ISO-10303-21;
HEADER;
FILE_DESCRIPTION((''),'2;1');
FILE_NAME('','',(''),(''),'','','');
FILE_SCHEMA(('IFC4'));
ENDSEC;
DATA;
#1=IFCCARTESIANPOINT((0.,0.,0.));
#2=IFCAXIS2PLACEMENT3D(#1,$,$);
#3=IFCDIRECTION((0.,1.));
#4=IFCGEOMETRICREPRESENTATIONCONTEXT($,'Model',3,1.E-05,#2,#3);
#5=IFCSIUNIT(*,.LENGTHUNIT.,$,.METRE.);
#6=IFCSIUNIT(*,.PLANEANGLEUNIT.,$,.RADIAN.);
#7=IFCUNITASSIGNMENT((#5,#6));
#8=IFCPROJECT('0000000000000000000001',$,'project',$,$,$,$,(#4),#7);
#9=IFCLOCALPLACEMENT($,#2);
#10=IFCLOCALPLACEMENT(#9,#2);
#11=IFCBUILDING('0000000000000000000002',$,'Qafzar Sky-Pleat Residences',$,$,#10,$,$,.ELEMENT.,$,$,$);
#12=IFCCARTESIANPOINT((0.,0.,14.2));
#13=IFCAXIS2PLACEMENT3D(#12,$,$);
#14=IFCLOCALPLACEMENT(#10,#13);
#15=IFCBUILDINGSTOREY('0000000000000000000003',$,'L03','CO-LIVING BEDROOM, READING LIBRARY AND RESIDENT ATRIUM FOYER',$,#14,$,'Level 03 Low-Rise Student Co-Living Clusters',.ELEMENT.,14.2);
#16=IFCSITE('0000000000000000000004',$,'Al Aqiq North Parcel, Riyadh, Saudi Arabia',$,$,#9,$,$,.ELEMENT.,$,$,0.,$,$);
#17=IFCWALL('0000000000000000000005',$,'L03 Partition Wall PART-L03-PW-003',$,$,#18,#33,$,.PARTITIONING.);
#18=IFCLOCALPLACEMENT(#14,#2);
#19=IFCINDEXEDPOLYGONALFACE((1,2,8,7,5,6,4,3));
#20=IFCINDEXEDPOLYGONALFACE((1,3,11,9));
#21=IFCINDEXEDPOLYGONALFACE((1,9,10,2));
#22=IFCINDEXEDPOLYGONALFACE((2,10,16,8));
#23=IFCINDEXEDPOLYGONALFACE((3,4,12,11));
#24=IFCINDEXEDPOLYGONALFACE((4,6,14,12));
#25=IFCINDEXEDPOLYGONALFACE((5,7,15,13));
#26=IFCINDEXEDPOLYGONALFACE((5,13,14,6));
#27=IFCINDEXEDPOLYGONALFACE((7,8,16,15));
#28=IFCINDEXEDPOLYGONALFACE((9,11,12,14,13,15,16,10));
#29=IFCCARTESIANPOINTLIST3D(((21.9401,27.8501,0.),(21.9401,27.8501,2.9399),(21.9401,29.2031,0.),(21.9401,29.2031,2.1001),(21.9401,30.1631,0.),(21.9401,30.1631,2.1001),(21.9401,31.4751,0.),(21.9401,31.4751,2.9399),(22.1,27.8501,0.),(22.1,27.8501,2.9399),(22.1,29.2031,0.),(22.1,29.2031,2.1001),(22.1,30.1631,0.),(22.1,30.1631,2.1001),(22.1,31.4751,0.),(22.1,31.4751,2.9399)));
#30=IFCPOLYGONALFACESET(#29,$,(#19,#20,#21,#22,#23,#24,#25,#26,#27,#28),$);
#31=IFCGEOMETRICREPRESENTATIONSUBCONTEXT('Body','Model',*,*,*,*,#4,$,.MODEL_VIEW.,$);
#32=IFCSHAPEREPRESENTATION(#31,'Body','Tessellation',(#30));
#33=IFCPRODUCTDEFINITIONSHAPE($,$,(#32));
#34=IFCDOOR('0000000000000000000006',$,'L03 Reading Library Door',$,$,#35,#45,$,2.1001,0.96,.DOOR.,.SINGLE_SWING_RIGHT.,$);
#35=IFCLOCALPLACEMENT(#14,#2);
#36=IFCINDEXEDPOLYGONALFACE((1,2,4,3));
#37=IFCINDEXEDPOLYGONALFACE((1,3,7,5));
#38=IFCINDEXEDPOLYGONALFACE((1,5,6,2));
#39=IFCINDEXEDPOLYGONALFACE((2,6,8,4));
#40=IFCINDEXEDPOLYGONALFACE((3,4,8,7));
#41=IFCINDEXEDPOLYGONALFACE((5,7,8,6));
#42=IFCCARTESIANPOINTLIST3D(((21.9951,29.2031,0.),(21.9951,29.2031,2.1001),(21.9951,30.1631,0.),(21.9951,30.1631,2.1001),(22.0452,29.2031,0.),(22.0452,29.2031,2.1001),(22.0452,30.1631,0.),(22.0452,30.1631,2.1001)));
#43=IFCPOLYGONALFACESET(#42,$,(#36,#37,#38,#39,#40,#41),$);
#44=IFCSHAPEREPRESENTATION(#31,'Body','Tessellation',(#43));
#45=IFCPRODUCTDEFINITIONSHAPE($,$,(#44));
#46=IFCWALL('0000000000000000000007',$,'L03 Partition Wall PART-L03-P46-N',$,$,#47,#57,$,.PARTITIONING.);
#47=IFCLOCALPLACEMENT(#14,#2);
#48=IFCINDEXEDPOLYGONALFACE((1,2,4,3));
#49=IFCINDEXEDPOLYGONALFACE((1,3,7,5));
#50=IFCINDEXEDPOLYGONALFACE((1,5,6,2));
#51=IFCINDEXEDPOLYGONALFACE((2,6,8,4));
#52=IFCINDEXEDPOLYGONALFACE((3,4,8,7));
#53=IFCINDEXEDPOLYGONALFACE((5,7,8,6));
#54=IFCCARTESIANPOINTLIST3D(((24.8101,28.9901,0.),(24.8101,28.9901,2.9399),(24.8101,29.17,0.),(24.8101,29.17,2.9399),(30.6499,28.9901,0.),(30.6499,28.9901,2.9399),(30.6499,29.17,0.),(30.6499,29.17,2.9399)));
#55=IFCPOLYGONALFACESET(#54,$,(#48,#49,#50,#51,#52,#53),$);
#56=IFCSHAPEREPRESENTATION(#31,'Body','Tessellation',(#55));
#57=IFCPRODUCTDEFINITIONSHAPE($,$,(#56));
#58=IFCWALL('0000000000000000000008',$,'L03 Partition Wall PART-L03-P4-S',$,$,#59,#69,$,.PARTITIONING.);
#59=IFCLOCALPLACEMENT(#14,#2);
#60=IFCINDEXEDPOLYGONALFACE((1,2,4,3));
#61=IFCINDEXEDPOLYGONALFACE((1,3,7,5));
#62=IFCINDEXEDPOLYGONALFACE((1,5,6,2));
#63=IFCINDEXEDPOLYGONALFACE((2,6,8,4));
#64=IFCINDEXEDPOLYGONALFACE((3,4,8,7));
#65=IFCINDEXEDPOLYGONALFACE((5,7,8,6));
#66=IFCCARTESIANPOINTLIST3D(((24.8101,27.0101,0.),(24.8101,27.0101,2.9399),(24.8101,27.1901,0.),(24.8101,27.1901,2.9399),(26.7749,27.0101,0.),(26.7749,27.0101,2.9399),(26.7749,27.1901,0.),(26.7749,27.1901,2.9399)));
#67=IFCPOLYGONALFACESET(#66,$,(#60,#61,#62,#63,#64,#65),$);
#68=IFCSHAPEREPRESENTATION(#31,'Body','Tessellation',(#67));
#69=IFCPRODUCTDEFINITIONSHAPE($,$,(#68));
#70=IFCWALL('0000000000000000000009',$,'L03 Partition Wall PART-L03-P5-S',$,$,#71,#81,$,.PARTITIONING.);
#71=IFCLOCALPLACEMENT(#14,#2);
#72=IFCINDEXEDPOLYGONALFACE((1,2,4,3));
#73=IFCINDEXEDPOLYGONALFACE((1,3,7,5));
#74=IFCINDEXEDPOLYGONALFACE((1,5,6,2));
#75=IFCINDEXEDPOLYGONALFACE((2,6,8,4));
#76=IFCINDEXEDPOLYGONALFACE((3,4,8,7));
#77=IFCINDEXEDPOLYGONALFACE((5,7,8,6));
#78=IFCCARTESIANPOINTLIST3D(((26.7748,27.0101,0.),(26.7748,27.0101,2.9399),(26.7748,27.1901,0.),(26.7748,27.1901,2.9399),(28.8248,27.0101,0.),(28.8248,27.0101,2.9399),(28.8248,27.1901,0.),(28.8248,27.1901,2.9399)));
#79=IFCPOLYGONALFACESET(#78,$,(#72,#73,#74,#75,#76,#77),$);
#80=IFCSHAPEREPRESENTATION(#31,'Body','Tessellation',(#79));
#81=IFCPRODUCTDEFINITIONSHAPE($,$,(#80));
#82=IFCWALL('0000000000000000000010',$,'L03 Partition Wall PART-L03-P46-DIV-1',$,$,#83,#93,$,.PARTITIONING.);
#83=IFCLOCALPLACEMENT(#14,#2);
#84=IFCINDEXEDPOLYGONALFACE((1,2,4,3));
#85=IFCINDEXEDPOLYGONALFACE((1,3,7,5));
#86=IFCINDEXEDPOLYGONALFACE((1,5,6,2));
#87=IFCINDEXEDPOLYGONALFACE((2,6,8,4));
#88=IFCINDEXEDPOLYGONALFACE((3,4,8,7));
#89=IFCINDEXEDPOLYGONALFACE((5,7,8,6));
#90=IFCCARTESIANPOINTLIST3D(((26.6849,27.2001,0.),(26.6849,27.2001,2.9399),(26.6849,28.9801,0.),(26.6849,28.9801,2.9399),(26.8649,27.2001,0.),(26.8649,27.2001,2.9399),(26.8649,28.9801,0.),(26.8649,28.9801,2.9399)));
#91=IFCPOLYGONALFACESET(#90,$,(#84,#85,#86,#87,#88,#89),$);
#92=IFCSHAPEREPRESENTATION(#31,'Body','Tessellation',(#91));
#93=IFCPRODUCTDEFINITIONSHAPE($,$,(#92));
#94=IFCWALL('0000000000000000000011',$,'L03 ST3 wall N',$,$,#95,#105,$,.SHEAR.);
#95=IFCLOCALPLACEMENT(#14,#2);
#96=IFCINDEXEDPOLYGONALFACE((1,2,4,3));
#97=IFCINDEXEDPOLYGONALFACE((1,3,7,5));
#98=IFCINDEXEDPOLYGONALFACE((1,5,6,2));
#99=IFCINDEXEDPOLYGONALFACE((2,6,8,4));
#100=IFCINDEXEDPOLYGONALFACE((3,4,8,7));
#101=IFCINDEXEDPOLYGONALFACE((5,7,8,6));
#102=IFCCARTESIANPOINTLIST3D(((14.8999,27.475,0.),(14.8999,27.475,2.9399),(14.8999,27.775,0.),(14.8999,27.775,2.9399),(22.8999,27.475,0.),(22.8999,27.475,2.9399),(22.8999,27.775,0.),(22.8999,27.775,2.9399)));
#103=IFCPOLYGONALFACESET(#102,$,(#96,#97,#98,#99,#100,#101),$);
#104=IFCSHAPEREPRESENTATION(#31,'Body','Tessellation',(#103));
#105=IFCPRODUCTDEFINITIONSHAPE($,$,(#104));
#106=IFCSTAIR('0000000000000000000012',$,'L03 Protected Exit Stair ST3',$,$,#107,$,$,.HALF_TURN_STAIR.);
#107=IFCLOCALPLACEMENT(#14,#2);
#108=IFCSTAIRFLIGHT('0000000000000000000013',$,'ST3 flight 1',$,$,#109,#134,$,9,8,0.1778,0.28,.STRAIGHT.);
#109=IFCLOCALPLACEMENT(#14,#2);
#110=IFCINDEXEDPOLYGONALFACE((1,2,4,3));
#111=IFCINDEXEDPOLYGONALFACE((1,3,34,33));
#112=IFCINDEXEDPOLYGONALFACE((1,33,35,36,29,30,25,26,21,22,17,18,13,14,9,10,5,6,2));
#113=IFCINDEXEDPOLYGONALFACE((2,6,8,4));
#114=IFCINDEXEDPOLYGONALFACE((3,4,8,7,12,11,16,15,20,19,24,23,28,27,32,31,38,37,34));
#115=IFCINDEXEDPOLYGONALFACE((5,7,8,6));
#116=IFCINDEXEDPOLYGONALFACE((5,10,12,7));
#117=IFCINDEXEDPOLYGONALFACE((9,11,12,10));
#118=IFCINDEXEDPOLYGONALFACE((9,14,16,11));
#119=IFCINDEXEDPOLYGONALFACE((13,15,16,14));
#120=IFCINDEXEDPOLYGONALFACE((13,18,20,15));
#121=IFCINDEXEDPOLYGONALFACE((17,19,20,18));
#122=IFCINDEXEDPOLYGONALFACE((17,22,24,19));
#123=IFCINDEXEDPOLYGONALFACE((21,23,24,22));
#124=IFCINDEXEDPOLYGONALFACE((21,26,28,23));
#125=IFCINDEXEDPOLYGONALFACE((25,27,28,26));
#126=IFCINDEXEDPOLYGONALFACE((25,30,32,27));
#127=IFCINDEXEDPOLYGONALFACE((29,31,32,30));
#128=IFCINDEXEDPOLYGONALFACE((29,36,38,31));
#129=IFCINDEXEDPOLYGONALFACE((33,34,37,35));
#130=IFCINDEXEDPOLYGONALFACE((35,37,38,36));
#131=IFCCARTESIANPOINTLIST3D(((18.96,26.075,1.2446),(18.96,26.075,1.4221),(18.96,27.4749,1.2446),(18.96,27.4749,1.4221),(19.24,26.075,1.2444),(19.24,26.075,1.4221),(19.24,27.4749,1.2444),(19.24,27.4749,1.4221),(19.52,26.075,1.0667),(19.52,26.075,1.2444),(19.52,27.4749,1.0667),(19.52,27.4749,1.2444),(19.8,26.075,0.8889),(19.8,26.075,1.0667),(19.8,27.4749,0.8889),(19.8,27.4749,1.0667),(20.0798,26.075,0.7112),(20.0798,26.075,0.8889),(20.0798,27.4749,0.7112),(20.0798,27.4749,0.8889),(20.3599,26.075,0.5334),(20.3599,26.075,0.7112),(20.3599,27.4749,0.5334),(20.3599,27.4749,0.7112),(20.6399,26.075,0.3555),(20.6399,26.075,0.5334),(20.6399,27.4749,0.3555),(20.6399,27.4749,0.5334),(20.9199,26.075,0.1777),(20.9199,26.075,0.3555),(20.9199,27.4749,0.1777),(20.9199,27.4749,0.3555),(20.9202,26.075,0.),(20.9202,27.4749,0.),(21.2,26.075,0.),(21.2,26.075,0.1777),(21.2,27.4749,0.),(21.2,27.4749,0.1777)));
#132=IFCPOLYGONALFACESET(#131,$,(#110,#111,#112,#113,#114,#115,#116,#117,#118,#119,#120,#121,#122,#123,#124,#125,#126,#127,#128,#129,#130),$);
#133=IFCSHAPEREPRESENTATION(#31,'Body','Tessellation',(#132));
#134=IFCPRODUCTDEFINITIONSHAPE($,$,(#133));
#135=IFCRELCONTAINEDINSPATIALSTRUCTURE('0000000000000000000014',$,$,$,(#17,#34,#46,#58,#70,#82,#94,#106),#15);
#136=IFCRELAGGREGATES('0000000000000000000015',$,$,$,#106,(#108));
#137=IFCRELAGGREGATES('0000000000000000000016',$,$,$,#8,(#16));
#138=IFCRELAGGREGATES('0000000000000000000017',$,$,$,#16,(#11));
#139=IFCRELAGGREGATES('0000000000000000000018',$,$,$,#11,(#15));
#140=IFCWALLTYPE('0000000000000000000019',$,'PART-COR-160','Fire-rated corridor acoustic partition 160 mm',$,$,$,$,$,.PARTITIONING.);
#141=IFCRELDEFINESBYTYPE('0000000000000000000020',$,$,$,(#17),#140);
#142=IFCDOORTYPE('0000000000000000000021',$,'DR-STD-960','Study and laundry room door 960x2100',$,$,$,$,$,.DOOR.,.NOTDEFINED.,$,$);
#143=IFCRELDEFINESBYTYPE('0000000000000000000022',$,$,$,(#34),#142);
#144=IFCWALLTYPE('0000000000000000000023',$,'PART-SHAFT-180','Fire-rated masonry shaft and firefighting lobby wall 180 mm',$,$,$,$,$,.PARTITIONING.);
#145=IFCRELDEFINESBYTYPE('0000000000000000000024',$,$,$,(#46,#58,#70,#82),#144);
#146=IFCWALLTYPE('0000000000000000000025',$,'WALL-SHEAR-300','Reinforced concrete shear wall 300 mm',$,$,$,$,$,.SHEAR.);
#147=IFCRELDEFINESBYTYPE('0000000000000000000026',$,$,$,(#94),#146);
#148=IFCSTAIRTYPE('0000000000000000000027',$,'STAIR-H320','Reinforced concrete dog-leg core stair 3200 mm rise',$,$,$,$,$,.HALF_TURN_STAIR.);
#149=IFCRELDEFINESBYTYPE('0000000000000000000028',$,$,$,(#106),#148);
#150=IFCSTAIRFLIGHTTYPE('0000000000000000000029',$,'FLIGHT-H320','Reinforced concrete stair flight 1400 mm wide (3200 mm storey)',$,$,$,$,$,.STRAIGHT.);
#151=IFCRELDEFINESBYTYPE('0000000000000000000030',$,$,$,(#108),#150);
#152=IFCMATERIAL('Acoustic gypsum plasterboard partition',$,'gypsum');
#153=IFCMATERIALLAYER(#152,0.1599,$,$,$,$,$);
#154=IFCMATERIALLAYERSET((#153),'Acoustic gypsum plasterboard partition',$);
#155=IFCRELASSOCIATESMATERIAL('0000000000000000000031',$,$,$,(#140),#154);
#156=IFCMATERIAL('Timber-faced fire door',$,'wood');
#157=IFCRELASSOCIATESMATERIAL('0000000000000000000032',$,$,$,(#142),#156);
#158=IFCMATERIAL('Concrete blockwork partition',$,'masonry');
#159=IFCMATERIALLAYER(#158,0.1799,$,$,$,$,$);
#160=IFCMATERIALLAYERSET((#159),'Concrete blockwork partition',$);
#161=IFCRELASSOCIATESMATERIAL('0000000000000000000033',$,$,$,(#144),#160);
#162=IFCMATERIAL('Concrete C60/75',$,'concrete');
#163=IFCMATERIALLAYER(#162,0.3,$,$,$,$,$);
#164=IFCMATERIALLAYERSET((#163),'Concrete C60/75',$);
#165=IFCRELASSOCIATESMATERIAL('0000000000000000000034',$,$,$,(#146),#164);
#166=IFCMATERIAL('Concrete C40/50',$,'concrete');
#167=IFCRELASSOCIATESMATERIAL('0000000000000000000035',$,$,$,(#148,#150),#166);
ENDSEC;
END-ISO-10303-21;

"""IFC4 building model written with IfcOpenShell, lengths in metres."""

from ifc_helpers import new_model, si_unit, direction, frame, frame_2d, origin, place, context, subcontext, project, spatial, polyline, rectangle, outline, extrude, source, transform, mapped, material, layer, layer_set, type_object, element, fill, aggregate, save


model = new_model("IFC4")

# Units and contexts
model_context = context("Model", 3, precision=1e-05, world=origin(), true_north=direction((0.0, 1.0)))
body_context = subcontext(model_context, "Body", "Model", "MODEL_VIEW")
ifc_project = project(units=[si_unit("LENGTHUNIT", "METRE"), si_unit("PLANEANGLEUNIT", "RADIAN")], contexts=[model_context])

# Site, building, storey
site_placement = place(None, origin())
site = spatial("IfcSite", under=ifc_project, at=site_placement, Name="Al Aqiq North Parcel, Riyadh, Saudi Arabia", CompositionType="ELEMENT", RefElevation=0.0)
building_placement = place(site_placement, origin())
building = spatial("IfcBuilding", under=site, at=building_placement, Name="Qafzar Sky-Pleat Residences", CompositionType="ELEMENT")
storey_placement = place(building_placement, frame((0.0, 0.0, 14.2)))
storey = spatial("IfcBuildingStorey", under=building, at=storey_placement, Name="L03", Description="CO-LIVING BEDROOM, READING LIBRARY AND RESIDENT ATRIUM FOYER", LongName="Level 03 Low-Rise Student Co-Living Clusters", CompositionType="ELEMENT", Elevation=14.2)

# Wall, opening, door
ifc_material_1 = material(Name="Acoustic gypsum plasterboard partition", Category="gypsum")
ifc_layer_1 = layer(ifc_material_1, 0.1599)
ifc_layer_set_1 = layer_set([ifc_layer_1], Name="Acoustic gypsum plasterboard partition")
wall_type_1 = type_object("IfcWallType", Name="PART-COR-160", Description="Fire-rated corridor acoustic partition 160 mm", PredefinedType="PARTITIONING", material=ifc_layer_set_1)
wall_1_placement = place(storey_placement, frame((22.02, 27.8501, 0.0), z_axis=(0.0, 0.0, 1.0), x_axis=(0.0, 1.0, 0.0)))
wall_1 = element("IfcWall", 1, at=wall_1_placement, inside=storey, type_object=wall_type_1, Name="L03 Partition Wall PART-L03-PW-003", PredefinedType="PARTITIONING", context=body_context, shape_type="SweptSolid", body=[
    extrude(rectangle(XDim=3.625, YDim=0.1599, at=frame_2d((1.8125, 0.0))), origin(), (0.0, 0.0, 1.0), 2.9399),
])
opening_placement = place(wall_1_placement, frame((1.353, 0.0, 0.0)))
opening = element("IfcOpeningElement", 2, at=opening_placement, cuts=wall_1, PredefinedType="OPENING", context=body_context, shape_type="SweptSolid", body=[
    extrude(rectangle(XDim=0.96, YDim=2.1001, at=frame_2d((0.48, 1.05))), frame((0.0, 0.0898, 0.0), z_axis=(0.0, -1.0, 0.0), x_axis=(1.0, 0.0, 0.0)), (0.0, 0.0, 1.0), 0.1799),
])
ifc_material_2 = material(Name="Timber-faced fire door", Category="wood")
door_type = type_object("IfcDoorType", Name="DR-STD-960", Description="Study and laundry room door 960x2100", OperationType="NOTDEFINED", PredefinedType="DOOR", material=ifc_material_2)
shared_shape_1 = source(origin(), body_context, "Body", "SweptSolid", [
    extrude(rectangle(XDim=0.96, YDim=2.1001, at=frame_2d((0.48, 1.05))), frame((0.0, 0.0249, 0.0), z_axis=(0.0, -1.0, 0.0), x_axis=(1.0, 0.0, 0.0)), (0.0, 0.0, 1.0), 0.05),
])
door_placement = place(opening_placement, origin())
door = element("IfcDoor", 3, at=door_placement, inside=storey, type_object=door_type, Name="L03 Reading Library Door", OperationType="SINGLE_SWING_RIGHT", OverallHeight=2.1001, OverallWidth=0.96, PredefinedType="DOOR", context=body_context, shape_type="MappedRepresentation", body=[
    mapped(shared_shape_1, transform((0.0, 0.0, 0.0), x_axis=(1.0, 0.0, 0.0), y_axis=(0.0, 1.0, 0.0), z_axis=(0.0, 0.0, 1.0), scale=1.0)),
])
fill(opening, door)

# Walls
ifc_material_3 = material(Name="Concrete blockwork partition", Category="masonry")
ifc_layer_2 = layer(ifc_material_3, 0.1799)
ifc_layer_set_2 = layer_set([ifc_layer_2], Name="Concrete blockwork partition")
wall_type_2 = type_object("IfcWallType", Name="PART-SHAFT-180", Description="Fire-rated masonry shaft and firefighting lobby wall 180 mm", PredefinedType="PARTITIONING", material=ifc_layer_set_2)
wall_2_placement = place(storey_placement, frame((24.8101, 29.0801, 0.0), z_axis=(0.0, 0.0, 1.0), x_axis=(1.0, 0.0, 0.0)))
element("IfcWall", 4, at=wall_2_placement, inside=storey, type_object=wall_type_2, Name="L03 Partition Wall PART-L03-P46-N", PredefinedType="PARTITIONING", context=body_context, shape_type="SweptSolid", body=[
    extrude(rectangle(XDim=5.8398, YDim=0.1799, at=frame_2d((2.9199, 0.0))), origin(), (0.0, 0.0, 1.0), 2.9399),
])
wall_3_placement = place(storey_placement, frame((24.8101, 27.1001, 0.0), z_axis=(0.0, 0.0, 1.0), x_axis=(1.0, 0.0, 0.0)))
element("IfcWall", 5, at=wall_3_placement, inside=storey, type_object=wall_type_2, Name="L03 Partition Wall PART-L03-P4-S", PredefinedType="PARTITIONING", context=body_context, shape_type="SweptSolid", body=[
    extrude(rectangle(XDim=1.9648, YDim=0.1799, at=frame_2d((0.9824, 0.0))), origin(), (0.0, 0.0, 1.0), 2.9399),
])
wall_4_placement = place(storey_placement, frame((26.7749, 27.1001, 0.0), z_axis=(0.0, 0.0, 1.0), x_axis=(1.0, 0.0, 0.0)))
element("IfcWall", 6, at=wall_4_placement, inside=storey, type_object=wall_type_2, Name="L03 Partition Wall PART-L03-P5-S", PredefinedType="PARTITIONING", context=body_context, shape_type="SweptSolid", body=[
    extrude(rectangle(XDim=2.05, YDim=0.1799, at=frame_2d((1.0249, 0.0))), origin(), (0.0, 0.0, 1.0), 2.9399),
])
wall_5_placement = place(storey_placement, frame((26.7749, 27.2, 0.0), z_axis=(0.0, 0.0, 1.0), x_axis=(0.0, 1.0, 0.0)))
element("IfcWall", 7, at=wall_5_placement, inside=storey, type_object=wall_type_2, Name="L03 Partition Wall PART-L03-P46-DIV-1", PredefinedType="PARTITIONING", context=body_context, shape_type="SweptSolid", body=[
    extrude(rectangle(XDim=1.78, YDim=0.1799, at=frame_2d((0.8901, 0.0))), origin(), (0.0, 0.0, 1.0), 2.9399),
])
ifc_material_4 = material(Name="Concrete C60/75", Category="concrete")
ifc_layer_3 = layer(ifc_material_4, 0.3)
ifc_layer_set_3 = layer_set([ifc_layer_3], Name="Concrete C60/75")
wall_type_3 = type_object("IfcWallType", Name="WALL-SHEAR-300", Description="Reinforced concrete shear wall 300 mm", PredefinedType="SHEAR", material=ifc_layer_set_3)
wall_6_placement = place(storey_placement, frame((22.8999, 27.625, 0.0), z_axis=(0.0, 0.0, 1.0), x_axis=(-1.0, 0.0, 0.0)))
element("IfcWall", 8, at=wall_6_placement, inside=storey, type_object=wall_type_3, Name="L03 ST3 wall N", PredefinedType="SHEAR", context=body_context, shape_type="SweptSolid", body=[
    extrude(rectangle(XDim=8.0, YDim=0.3, at=frame_2d((4.0, 0.0))), origin(), (0.0, 0.0, 1.0), 2.9399),
])

# Stair, stair flight
ifc_material_5 = material(Name="Concrete C40/50", Category="concrete")
stair_type = type_object("IfcStairType", Name="STAIR-H320", Description="Reinforced concrete dog-leg core stair 3200 mm rise", PredefinedType="HALF_TURN_STAIR", material=ifc_material_5)
stair_placement = place(storey_placement, origin())
stair = element("IfcStair", 9, at=stair_placement, inside=storey, type_object=stair_type, Name="L03 Protected Exit Stair ST3", PredefinedType="HALF_TURN_STAIR")
stair_flight_type = type_object("IfcStairFlightType", Name="FLIGHT-H320", Description="Reinforced concrete stair flight 1400 mm wide (3200 mm storey)", PredefinedType="STRAIGHT", material=ifc_material_5)
shared_shape_2 = source(origin(), body_context, "Body", "SweptSolid", [
    extrude(outline(polyline([(0.0, 0.0), (0.0, 0.1777), (0.28, 0.1777), (0.28, 0.3555), (0.5601, 0.3555), (0.5601, 0.5334), (0.8401, 0.5334), (0.8401, 0.7112), (1.1201, 0.7112), (1.1201, 0.8889), (1.3999, 0.8889), (1.3999, 1.0667), (1.6799, 1.0667), (1.6799, 1.2444), (1.96, 1.2444), (1.96, 1.4221), (2.24, 1.4221), (2.24, 1.6001), (2.24, 1.2446), (0.2798, 0.0), (0.0, 0.0)])), frame((0.0, 0.7, 0.0), z_axis=(0.0, -1.0, 0.0), x_axis=(1.0, 0.0, 0.0)), (0.0, 0.0, 1.0), 1.3999),
])
stair_flight_placement = place(storey_placement, frame((21.2, 26.7749, 0.0), z_axis=(0.0, 0.0, 1.0), x_axis=(-1.0, 0.0, 0.0)))
stair_flight = element("IfcStairFlight", 10, at=stair_flight_placement, type_object=stair_flight_type, Name="ST3 flight 1", NumberOfRisers=9, NumberOfTreads=8, PredefinedType="STRAIGHT", RiserHeight=0.1778, TreadLength=0.28, context=body_context, shape_type="MappedRepresentation", body=[
    mapped(shared_shape_2, transform((0.0, 0.0, 0.0), x_axis=(1.0, 0.0, 0.0), y_axis=(0.0, 1.0, 0.0), z_axis=(0.0, 0.0, 1.0), scale=1.0)),
])
aggregate(stair, [stair_flight])

save(model, "model.ifc")
